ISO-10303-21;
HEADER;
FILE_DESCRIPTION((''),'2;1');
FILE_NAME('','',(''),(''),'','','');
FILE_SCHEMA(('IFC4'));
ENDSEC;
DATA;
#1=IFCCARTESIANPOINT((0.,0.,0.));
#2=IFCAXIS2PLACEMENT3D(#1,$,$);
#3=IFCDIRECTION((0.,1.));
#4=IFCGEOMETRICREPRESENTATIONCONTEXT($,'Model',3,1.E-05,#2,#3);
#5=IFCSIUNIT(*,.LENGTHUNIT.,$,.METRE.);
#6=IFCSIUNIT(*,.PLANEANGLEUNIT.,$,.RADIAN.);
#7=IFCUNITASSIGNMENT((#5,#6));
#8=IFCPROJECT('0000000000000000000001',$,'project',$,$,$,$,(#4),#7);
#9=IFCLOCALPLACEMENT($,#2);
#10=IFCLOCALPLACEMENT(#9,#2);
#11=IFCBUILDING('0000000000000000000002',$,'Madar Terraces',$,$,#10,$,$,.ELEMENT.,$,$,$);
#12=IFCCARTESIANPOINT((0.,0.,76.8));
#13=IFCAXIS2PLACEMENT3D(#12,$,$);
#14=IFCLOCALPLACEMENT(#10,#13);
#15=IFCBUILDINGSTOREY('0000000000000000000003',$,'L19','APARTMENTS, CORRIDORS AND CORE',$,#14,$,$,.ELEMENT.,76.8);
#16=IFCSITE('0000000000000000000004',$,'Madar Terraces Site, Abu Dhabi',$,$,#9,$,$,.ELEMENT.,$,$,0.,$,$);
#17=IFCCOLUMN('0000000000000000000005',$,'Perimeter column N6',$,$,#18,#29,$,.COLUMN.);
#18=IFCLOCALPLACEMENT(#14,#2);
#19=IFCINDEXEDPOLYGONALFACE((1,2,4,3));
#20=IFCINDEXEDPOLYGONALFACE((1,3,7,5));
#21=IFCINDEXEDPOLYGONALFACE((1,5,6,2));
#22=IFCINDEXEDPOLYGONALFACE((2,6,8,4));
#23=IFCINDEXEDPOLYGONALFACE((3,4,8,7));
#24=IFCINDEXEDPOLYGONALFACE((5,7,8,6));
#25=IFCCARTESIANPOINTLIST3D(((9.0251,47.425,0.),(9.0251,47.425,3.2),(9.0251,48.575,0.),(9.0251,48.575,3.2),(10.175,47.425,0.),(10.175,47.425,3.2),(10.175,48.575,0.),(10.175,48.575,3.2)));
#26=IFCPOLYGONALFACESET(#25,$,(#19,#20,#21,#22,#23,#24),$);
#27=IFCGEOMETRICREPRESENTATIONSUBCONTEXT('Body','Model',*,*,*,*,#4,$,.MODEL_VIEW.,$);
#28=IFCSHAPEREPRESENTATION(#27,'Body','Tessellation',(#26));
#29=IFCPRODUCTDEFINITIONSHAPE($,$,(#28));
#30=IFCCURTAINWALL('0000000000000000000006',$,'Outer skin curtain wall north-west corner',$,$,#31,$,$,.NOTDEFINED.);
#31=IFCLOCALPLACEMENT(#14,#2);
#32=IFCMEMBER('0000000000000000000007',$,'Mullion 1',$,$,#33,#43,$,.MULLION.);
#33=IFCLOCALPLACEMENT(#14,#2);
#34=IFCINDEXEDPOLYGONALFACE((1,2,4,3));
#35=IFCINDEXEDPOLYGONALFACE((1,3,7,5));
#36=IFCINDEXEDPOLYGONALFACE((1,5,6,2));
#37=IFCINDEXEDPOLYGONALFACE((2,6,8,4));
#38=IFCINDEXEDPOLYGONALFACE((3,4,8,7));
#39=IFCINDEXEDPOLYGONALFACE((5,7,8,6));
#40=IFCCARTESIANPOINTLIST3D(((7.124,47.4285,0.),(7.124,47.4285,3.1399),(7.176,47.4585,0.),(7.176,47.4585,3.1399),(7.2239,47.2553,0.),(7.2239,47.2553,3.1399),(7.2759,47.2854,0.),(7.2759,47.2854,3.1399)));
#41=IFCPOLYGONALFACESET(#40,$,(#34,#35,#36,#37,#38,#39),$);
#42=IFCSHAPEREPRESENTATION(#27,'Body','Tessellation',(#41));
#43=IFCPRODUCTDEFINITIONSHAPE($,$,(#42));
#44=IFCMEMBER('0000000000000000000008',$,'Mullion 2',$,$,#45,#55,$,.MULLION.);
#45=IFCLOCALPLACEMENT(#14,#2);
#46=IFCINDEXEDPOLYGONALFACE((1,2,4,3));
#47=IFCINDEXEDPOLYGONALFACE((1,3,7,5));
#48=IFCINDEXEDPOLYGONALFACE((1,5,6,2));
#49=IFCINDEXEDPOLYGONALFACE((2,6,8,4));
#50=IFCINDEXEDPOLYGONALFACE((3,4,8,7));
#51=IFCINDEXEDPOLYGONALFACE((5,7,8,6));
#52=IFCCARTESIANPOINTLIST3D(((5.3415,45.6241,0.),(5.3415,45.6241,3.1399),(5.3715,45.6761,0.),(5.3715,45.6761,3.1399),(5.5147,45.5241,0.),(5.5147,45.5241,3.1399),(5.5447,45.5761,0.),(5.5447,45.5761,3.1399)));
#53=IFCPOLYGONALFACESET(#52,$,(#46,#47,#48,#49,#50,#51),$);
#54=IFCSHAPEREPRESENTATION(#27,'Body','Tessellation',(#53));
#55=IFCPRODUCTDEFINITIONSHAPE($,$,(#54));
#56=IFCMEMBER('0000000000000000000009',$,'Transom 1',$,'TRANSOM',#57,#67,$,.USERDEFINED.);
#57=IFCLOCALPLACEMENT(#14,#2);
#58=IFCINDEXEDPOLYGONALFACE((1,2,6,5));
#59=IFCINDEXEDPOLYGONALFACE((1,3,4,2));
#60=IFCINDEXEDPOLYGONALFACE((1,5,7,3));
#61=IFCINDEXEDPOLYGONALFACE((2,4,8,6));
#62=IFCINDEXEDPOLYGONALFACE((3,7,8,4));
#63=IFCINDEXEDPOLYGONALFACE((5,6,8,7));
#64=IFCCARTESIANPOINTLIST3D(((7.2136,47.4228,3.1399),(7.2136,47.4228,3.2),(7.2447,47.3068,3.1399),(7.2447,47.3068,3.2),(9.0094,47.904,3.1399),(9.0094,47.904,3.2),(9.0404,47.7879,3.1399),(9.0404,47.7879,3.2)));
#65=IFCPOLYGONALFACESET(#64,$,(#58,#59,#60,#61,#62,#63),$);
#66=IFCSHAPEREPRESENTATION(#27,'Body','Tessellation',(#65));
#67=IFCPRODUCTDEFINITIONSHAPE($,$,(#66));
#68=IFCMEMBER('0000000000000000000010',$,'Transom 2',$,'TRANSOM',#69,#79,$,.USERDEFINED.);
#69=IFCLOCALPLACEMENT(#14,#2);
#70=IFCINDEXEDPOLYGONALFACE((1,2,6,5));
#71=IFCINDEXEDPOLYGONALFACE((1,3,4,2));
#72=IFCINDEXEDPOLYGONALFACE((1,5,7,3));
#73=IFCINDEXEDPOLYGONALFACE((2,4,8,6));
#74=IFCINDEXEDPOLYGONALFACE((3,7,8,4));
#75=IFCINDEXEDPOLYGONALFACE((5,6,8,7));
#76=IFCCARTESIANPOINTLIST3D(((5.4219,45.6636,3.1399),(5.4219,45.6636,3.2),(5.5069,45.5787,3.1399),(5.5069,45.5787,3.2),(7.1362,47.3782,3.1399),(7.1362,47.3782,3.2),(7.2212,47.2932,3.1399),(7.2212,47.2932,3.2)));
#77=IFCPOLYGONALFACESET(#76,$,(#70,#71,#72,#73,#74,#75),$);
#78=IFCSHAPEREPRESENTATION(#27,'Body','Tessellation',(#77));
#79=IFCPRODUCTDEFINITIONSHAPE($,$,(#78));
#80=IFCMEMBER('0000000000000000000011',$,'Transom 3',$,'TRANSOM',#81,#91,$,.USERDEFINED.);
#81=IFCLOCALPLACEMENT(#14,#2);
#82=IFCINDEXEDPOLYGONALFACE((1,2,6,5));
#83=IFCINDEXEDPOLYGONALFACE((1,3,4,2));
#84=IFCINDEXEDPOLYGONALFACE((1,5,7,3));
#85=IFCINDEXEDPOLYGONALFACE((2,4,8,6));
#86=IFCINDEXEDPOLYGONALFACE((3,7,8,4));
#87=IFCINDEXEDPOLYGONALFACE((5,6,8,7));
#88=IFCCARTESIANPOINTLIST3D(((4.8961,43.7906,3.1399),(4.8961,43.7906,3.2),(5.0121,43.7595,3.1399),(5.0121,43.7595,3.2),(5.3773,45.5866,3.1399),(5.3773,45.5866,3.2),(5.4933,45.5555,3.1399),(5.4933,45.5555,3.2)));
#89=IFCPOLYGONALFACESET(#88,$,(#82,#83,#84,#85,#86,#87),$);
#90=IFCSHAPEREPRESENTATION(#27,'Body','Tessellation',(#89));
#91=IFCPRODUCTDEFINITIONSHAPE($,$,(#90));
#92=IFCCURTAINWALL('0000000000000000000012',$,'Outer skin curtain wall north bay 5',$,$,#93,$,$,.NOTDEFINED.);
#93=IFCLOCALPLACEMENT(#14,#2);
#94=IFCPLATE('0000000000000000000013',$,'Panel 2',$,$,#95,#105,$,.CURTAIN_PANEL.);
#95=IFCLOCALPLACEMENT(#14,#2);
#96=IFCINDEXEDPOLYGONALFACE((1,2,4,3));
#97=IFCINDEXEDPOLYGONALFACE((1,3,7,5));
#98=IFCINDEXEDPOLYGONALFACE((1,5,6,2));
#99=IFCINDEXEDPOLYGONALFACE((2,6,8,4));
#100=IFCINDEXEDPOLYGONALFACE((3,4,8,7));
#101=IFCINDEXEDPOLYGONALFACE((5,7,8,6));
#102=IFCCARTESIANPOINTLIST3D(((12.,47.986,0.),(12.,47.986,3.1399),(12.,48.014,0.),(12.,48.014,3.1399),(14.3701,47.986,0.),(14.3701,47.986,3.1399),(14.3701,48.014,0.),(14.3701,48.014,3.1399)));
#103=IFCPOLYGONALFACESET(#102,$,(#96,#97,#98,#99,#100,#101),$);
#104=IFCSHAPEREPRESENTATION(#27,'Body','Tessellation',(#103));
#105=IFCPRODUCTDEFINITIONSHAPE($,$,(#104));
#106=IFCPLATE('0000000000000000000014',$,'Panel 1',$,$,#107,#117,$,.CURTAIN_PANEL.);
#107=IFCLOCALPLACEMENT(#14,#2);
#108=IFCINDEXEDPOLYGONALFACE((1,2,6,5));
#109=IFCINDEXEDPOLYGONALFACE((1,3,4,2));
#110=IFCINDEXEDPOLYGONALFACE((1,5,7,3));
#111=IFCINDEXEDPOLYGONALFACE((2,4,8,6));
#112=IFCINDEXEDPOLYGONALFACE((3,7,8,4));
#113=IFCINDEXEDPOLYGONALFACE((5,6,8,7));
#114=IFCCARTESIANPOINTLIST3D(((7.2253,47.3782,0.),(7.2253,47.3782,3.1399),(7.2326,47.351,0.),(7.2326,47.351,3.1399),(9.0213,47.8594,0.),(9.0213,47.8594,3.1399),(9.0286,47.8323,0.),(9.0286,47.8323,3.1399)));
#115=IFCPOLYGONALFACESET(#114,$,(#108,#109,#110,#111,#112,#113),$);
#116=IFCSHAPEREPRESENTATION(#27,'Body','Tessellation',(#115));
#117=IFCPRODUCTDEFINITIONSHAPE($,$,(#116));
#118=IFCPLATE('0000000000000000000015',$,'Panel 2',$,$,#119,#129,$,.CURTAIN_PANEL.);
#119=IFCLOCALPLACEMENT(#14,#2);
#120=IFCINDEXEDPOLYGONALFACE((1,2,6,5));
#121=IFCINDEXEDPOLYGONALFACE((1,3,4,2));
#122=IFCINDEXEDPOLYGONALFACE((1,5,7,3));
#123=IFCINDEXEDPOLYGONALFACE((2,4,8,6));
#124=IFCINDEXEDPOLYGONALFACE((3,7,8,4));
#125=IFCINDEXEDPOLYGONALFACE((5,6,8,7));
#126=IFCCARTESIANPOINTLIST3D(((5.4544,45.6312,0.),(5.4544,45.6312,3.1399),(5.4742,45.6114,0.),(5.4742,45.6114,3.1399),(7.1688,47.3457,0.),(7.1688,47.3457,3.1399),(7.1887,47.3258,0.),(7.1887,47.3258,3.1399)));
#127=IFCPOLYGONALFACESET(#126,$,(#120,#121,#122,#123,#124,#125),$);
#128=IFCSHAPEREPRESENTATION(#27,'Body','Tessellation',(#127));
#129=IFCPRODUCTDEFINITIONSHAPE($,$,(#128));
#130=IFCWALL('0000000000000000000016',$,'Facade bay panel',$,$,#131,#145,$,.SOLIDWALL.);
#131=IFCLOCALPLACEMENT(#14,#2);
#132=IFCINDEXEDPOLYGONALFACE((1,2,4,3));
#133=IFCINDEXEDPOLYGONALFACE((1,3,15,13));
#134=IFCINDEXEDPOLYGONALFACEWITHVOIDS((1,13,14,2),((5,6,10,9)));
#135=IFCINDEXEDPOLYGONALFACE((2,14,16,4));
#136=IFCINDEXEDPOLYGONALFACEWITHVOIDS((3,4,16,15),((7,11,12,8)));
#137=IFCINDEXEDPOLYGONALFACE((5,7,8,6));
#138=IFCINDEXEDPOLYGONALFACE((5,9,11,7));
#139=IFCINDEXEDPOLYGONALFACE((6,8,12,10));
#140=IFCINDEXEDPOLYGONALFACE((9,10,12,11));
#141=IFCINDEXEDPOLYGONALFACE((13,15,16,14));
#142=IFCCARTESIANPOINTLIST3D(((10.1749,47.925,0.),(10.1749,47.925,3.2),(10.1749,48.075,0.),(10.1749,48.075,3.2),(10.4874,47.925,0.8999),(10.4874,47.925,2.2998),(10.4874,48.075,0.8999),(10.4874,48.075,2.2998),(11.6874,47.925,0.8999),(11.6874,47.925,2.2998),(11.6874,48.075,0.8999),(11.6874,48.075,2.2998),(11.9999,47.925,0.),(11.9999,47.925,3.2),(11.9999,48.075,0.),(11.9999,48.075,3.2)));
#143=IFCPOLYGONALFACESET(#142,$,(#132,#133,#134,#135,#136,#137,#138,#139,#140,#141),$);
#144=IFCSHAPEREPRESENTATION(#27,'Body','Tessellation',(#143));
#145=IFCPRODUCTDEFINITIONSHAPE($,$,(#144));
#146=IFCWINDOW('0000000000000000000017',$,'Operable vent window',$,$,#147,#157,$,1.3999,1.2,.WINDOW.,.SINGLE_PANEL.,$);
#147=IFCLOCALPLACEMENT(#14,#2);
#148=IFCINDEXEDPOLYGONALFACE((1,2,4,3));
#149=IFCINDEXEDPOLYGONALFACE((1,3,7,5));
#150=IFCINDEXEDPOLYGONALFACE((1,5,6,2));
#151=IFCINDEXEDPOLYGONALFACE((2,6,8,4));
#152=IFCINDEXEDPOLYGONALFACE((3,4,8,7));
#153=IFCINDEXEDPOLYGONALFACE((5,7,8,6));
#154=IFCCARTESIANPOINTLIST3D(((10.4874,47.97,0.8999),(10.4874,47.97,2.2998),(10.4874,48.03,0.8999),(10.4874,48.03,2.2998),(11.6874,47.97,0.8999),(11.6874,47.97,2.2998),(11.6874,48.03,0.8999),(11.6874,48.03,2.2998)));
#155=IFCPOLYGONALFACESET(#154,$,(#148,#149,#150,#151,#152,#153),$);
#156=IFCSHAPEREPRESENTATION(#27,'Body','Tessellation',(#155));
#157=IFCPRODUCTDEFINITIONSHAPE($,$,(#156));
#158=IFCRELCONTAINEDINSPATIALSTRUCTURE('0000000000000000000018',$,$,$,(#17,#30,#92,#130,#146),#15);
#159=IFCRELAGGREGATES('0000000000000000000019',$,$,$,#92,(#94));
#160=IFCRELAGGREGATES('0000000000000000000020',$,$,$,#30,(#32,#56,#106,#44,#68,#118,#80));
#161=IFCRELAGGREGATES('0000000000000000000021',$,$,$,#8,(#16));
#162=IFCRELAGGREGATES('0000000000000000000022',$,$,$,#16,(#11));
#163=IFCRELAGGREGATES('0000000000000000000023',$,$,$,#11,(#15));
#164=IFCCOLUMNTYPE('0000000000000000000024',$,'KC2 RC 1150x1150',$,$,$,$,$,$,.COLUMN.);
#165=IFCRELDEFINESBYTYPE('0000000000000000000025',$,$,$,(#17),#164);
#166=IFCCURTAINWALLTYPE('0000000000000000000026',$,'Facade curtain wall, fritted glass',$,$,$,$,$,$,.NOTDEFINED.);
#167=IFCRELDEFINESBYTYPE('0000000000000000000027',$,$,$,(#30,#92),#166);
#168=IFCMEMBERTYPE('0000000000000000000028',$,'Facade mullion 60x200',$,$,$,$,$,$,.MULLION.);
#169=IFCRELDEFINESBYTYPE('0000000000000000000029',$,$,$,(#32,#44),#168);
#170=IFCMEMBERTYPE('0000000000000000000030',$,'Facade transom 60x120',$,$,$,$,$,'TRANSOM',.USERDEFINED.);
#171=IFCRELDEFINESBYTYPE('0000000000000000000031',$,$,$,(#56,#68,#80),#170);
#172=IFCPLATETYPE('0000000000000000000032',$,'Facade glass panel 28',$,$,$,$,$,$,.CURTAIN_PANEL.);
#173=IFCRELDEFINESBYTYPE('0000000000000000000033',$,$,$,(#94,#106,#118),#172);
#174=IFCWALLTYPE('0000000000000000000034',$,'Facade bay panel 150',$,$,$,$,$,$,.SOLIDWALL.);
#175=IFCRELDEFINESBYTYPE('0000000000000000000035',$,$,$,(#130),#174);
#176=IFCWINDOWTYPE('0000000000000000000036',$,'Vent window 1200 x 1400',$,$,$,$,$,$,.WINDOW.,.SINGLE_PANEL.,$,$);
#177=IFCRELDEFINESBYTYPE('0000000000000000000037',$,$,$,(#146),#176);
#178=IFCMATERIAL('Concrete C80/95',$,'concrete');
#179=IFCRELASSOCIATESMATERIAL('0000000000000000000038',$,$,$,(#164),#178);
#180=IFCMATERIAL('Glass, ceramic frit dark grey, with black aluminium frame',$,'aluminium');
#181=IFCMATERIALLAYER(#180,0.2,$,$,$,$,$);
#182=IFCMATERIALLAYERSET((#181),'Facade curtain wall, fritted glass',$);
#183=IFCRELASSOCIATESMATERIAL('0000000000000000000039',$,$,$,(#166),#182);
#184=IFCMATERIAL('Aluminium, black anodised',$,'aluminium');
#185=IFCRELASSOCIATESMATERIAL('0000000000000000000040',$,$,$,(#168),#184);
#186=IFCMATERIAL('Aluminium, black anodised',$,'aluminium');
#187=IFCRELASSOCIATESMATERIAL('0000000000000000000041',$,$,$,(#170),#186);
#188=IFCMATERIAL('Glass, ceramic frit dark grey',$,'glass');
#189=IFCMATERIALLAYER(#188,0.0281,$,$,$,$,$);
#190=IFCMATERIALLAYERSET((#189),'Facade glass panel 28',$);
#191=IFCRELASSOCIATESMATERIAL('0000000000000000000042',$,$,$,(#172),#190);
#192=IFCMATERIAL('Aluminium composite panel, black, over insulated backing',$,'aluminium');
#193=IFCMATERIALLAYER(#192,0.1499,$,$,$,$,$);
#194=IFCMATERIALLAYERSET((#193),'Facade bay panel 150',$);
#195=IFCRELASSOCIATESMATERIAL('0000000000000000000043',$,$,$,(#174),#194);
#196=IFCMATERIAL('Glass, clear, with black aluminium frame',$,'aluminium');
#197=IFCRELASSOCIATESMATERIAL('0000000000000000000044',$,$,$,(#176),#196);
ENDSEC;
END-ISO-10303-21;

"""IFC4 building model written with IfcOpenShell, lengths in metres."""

from ifc_helpers import new_model, si_unit, direction, frame, frame_2d, origin, origin_2d, place, context, subcontext, project, spatial, rectangle, extrude, material, layer, layer_set, material_profile, profile_set, type_object, element, fill, aggregate, save


model = new_model("IFC4")

# Units and contexts
model_context = context("Model", 3, precision=1e-05, world=origin(), true_north=direction((0.0, 1.0)))
body_context = subcontext(model_context, "Body", "Model", "MODEL_VIEW")
ifc_project = project(units=[si_unit("LENGTHUNIT", "METRE"), si_unit("PLANEANGLEUNIT", "RADIAN")], contexts=[model_context])

# Site, building, storey
site_placement = place(None, origin())
site = spatial("IfcSite", under=ifc_project, at=site_placement, Name="Madar Terraces Site, Abu Dhabi", CompositionType="ELEMENT", RefElevation=0.0)
building_placement = place(site_placement, origin())
building = spatial("IfcBuilding", under=site, at=building_placement, Name="Madar Terraces", CompositionType="ELEMENT")
storey_placement = place(building_placement, frame((0.0, 0.0, 76.8)))
storey = spatial("IfcBuildingStorey", under=building, at=storey_placement, Name="L19", Description="APARTMENTS, CORRIDORS AND CORE", CompositionType="ELEMENT", Elevation=76.8)

# Column
ifc_material_1 = material(Name="Concrete C80/95", Category="concrete")
ifc_material_profile_1 = material_profile(ifc_material_1, rectangle(XDim=1.1499, YDim=1.1499, at=origin_2d()), Name="KC2 RC 1150x1150")
ifc_profile_set_1 = profile_set([ifc_material_profile_1], Name="Concrete C80/95")
column_type = type_object("IfcColumnType", Name="KC2 RC 1150x1150", PredefinedType="COLUMN", material=ifc_profile_set_1)
column_placement = place(storey_placement, frame((9.6001, 48.0, 0.0), z_axis=(0.0, 0.0, 1.0), x_axis=(1.0, 0.0, 0.0)))
element("IfcColumn", 1, at=column_placement, inside=storey, type_object=column_type, Name="Perimeter column N6", PredefinedType="COLUMN", context=body_context, shape_type="SweptSolid", body=[
    extrude(rectangle(XDim=1.1499, YDim=1.1499, at=origin_2d()), origin(), (0.0, 0.0, 1.0), 3.2),
])

# Curtain wall, members
ifc_material_2 = material(Name="Glass, ceramic frit dark grey, with black aluminium frame", Category="aluminium")
ifc_layer_1 = layer(ifc_material_2, 0.2)
ifc_layer_set_1 = layer_set([ifc_layer_1], Name="Facade curtain wall, fritted glass")
curtain_wall_type = type_object("IfcCurtainWallType", Name="Facade curtain wall, fritted glass", PredefinedType="NOTDEFINED", material=ifc_layer_set_1)
curtain_wall_1_placement = place(storey_placement, origin())
curtain_wall_1 = element("IfcCurtainWall", 2, at=curtain_wall_1_placement, inside=storey, type_object=curtain_wall_type, Name="Outer skin curtain wall north-west corner", PredefinedType="NOTDEFINED")
ifc_material_3 = material(Name="Aluminium, black anodised", Category="aluminium")
ifc_material_profile_2 = material_profile(ifc_material_3, rectangle(XDim=0.2, YDim=0.0601, at=origin_2d()), Name="Facade mullion 60x200")
ifc_profile_set_2 = profile_set([ifc_material_profile_2], Name="Aluminium, black anodised")
member_type_1 = type_object("IfcMemberType", Name="Facade mullion 60x200", PredefinedType="MULLION", material=ifc_profile_set_2)
member_1_placement = place(storey_placement, frame((7.2, 47.3569, 0.0), z_axis=(0.0, 0.0, 1.0), x_axis=(0.5, -0.866025, 0.0)))
member_1 = element("IfcMember", 3, at=member_1_placement, type_object=member_type_1, Name="Mullion 1", PredefinedType="MULLION", context=body_context, shape_type="SweptSolid", body=[
    extrude(rectangle(XDim=0.2, YDim=0.0601, at=origin_2d()), origin(), (0.0, 0.0, 1.0), 3.1399),
])
member_2_placement = place(storey_placement, frame((5.4431, 45.6001, 0.0), z_axis=(0.0, 0.0, 1.0), x_axis=(0.866025, -0.5, 0.0)))
member_2 = element("IfcMember", 4, at=member_2_placement, type_object=member_type_1, Name="Mullion 2", PredefinedType="MULLION", context=body_context, shape_type="SweptSolid", body=[
    extrude(rectangle(XDim=0.2, YDim=0.0601, at=origin_2d()), origin(), (0.0, 0.0, 1.0), 3.1399),
])
ifc_material_4 = material(Name="Aluminium, black anodised", Category="aluminium")
ifc_material_profile_3 = material_profile(ifc_material_4, rectangle(XDim=0.1201, YDim=0.0601, at=origin_2d()), Name="Facade transom 60x120")
ifc_profile_set_3 = profile_set([ifc_material_profile_3], Name="Aluminium, black anodised")
member_type_2 = type_object("IfcMemberType", Name="Facade transom 60x120", ElementType="TRANSOM", PredefinedType="USERDEFINED", material=ifc_profile_set_3)
member_3_placement = place(storey_placement, frame((9.0249, 47.8459, 3.1699), z_axis=(-0.965927, -0.258815, 0.0), x_axis=(0.258815, -0.965927, 0.0)))
member_3 = element("IfcMember", 5, at=member_3_placement, type_object=member_type_2, Name="Transom 1", ObjectType="TRANSOM", PredefinedType="USERDEFINED", context=body_context, shape_type="SweptSolid", body=[
    extrude(rectangle(XDim=0.1201, YDim=0.0601, at=origin_2d()), origin(), (0.0, 0.0, 1.0), 1.8591),
])
member_4_placement = place(storey_placement, frame((7.1787, 47.3357, 3.1699), z_axis=(-0.707056, -0.707157, 0.0), x_axis=(0.707157, -0.707056, 0.0)))
member_4 = element("IfcMember", 6, at=member_4_placement, type_object=member_type_2, Name="Transom 2", ObjectType="TRANSOM", PredefinedType="USERDEFINED", context=body_context, shape_type="SweptSolid", body=[
    extrude(rectangle(XDim=0.1201, YDim=0.0601, at=origin_2d()), origin(), (0.0, 0.0, 1.0), 2.4246),
])
member_5_placement = place(storey_placement, frame((5.4353, 45.571, 3.1699), z_axis=(-0.258782, -0.965936, 0.0), x_axis=(0.965936, -0.258782, 0.0)))
member_5 = element("IfcMember", 7, at=member_5_placement, type_object=member_type_2, Name="Transom 3", ObjectType="TRANSOM", PredefinedType="USERDEFINED", context=body_context, shape_type="SweptSolid", body=[
    extrude(rectangle(XDim=0.1201, YDim=0.0601, at=origin_2d()), origin(), (0.0, 0.0, 1.0), 1.8594),
])

# Curtain wall, plate
curtain_wall_2_placement = place(storey_placement, origin())
curtain_wall_2 = element("IfcCurtainWall", 8, at=curtain_wall_2_placement, inside=storey, type_object=curtain_wall_type, Name="Outer skin curtain wall north bay 5", PredefinedType="NOTDEFINED")
ifc_material_5 = material(Name="Glass, ceramic frit dark grey", Category="glass")
ifc_layer_2 = layer(ifc_material_5, 0.0281)
ifc_layer_set_2 = layer_set([ifc_layer_2], Name="Facade glass panel 28")
plate_type = type_object("IfcPlateType", Name="Facade glass panel 28", PredefinedType="CURTAIN_PANEL", material=ifc_layer_set_2)
plate_1_placement = place(storey_placement, frame((13.1851, 48.0, 0.0), z_axis=(0.0, 0.0, 1.0), x_axis=(-1.0, 0.0, 0.0)))
plate_1 = element("IfcPlate", 9, at=plate_1_placement, type_object=plate_type, Name="Panel 2", PredefinedType="CURTAIN_PANEL", context=body_context, shape_type="SweptSolid", body=[
    extrude(rectangle(XDim=2.3701, YDim=0.0281, at=origin_2d()), origin(), (0.0, 0.0, 1.0), 3.1399),
])
aggregate(curtain_wall_2, [plate_1])

# Plates
plate_2_placement = place(storey_placement, frame((8.127, 47.6052, 0.0), z_axis=(0.0, 0.0, 1.0), x_axis=(-0.965926, -0.258819, 0.0)))
plate_2 = element("IfcPlate", 10, at=plate_2_placement, type_object=plate_type, Name="Panel 1", PredefinedType="CURTAIN_PANEL", context=body_context, shape_type="SweptSolid", body=[
    extrude(rectangle(XDim=1.8594, YDim=0.0281, at=origin_2d()), origin(), (0.0, 0.0, 1.0), 3.1399),
])
plate_3_placement = place(storey_placement, frame((6.3215, 46.4785, 0.0), z_axis=(0.0, 0.0, 1.0), x_axis=(-0.707107, -0.707107, 0.0)))
plate_3 = element("IfcPlate", 11, at=plate_3_placement, type_object=plate_type, Name="Panel 2", PredefinedType="CURTAIN_PANEL", context=body_context, shape_type="SweptSolid", body=[
    extrude(rectangle(XDim=2.4246, YDim=0.0281, at=origin_2d()), origin(), (0.0, 0.0, 1.0), 3.1399),
])
aggregate(curtain_wall_1, [member_1, member_3, plate_2, member_2, member_4, plate_3, member_5])

# Wall, opening, window
ifc_material_6 = material(Name="Aluminium composite panel, black, over insulated backing", Category="aluminium")
ifc_layer_3 = layer(ifc_material_6, 0.1499)
ifc_layer_set_3 = layer_set([ifc_layer_3], Name="Facade bay panel 150")
wall_type = type_object("IfcWallType", Name="Facade bay panel 150", PredefinedType="SOLIDWALL", material=ifc_layer_set_3)
wall_placement = place(storey_placement, frame((12.0, 48.0, 0.0), z_axis=(0.0, 0.0, 1.0), x_axis=(-1.0, 0.0, 0.0)))
wall = element("IfcWall", 12, at=wall_placement, inside=storey, type_object=wall_type, Name="Facade bay panel", PredefinedType="SOLIDWALL", context=body_context, shape_type="SweptSolid", body=[
    extrude(rectangle(XDim=1.825, YDim=0.1499, at=frame_2d((0.9126, 0.0))), origin(), (0.0, 0.0, 1.0), 3.2),
])
opening_placement = place(wall_placement, frame((0.3125, 0.0, 0.8999)))
opening = element("IfcOpeningElement", 13, at=opening_placement, cuts=wall, PredefinedType="OPENING", context=body_context, shape_type="SweptSolid", body=[
    extrude(rectangle(XDim=1.2, YDim=1.3999, at=frame_2d((0.6001, 0.7))), frame((0.0, 0.085, 0.0), z_axis=(0.0, -1.0, 0.0), x_axis=(1.0, 0.0, 0.0)), (0.0, 0.0, 1.0), 0.1699),
])
ifc_material_7 = material(Name="Glass, clear, with black aluminium frame", Category="aluminium")
window_type = type_object("IfcWindowType", Name="Vent window 1200 x 1400", PartitioningType="SINGLE_PANEL", PredefinedType="WINDOW", material=ifc_material_7)
window_placement = place(opening_placement, origin())
window = element("IfcWindow", 14, at=window_placement, inside=storey, type_object=window_type, Name="Operable vent window", OverallHeight=1.3999, OverallWidth=1.2, PartitioningType="SINGLE_PANEL", PredefinedType="WINDOW", context=body_context, shape_type="SweptSolid", body=[
    extrude(rectangle(XDim=1.2, YDim=1.3999, at=frame_2d((0.6001, 0.7))), frame((0.0, 0.03, 0.0), z_axis=(0.0, -1.0, 0.0), x_axis=(1.0, 0.0, 0.0)), (0.0, 0.0, 1.0), 0.0601),
])
fill(opening, window)

save(model, "model.ifc")
